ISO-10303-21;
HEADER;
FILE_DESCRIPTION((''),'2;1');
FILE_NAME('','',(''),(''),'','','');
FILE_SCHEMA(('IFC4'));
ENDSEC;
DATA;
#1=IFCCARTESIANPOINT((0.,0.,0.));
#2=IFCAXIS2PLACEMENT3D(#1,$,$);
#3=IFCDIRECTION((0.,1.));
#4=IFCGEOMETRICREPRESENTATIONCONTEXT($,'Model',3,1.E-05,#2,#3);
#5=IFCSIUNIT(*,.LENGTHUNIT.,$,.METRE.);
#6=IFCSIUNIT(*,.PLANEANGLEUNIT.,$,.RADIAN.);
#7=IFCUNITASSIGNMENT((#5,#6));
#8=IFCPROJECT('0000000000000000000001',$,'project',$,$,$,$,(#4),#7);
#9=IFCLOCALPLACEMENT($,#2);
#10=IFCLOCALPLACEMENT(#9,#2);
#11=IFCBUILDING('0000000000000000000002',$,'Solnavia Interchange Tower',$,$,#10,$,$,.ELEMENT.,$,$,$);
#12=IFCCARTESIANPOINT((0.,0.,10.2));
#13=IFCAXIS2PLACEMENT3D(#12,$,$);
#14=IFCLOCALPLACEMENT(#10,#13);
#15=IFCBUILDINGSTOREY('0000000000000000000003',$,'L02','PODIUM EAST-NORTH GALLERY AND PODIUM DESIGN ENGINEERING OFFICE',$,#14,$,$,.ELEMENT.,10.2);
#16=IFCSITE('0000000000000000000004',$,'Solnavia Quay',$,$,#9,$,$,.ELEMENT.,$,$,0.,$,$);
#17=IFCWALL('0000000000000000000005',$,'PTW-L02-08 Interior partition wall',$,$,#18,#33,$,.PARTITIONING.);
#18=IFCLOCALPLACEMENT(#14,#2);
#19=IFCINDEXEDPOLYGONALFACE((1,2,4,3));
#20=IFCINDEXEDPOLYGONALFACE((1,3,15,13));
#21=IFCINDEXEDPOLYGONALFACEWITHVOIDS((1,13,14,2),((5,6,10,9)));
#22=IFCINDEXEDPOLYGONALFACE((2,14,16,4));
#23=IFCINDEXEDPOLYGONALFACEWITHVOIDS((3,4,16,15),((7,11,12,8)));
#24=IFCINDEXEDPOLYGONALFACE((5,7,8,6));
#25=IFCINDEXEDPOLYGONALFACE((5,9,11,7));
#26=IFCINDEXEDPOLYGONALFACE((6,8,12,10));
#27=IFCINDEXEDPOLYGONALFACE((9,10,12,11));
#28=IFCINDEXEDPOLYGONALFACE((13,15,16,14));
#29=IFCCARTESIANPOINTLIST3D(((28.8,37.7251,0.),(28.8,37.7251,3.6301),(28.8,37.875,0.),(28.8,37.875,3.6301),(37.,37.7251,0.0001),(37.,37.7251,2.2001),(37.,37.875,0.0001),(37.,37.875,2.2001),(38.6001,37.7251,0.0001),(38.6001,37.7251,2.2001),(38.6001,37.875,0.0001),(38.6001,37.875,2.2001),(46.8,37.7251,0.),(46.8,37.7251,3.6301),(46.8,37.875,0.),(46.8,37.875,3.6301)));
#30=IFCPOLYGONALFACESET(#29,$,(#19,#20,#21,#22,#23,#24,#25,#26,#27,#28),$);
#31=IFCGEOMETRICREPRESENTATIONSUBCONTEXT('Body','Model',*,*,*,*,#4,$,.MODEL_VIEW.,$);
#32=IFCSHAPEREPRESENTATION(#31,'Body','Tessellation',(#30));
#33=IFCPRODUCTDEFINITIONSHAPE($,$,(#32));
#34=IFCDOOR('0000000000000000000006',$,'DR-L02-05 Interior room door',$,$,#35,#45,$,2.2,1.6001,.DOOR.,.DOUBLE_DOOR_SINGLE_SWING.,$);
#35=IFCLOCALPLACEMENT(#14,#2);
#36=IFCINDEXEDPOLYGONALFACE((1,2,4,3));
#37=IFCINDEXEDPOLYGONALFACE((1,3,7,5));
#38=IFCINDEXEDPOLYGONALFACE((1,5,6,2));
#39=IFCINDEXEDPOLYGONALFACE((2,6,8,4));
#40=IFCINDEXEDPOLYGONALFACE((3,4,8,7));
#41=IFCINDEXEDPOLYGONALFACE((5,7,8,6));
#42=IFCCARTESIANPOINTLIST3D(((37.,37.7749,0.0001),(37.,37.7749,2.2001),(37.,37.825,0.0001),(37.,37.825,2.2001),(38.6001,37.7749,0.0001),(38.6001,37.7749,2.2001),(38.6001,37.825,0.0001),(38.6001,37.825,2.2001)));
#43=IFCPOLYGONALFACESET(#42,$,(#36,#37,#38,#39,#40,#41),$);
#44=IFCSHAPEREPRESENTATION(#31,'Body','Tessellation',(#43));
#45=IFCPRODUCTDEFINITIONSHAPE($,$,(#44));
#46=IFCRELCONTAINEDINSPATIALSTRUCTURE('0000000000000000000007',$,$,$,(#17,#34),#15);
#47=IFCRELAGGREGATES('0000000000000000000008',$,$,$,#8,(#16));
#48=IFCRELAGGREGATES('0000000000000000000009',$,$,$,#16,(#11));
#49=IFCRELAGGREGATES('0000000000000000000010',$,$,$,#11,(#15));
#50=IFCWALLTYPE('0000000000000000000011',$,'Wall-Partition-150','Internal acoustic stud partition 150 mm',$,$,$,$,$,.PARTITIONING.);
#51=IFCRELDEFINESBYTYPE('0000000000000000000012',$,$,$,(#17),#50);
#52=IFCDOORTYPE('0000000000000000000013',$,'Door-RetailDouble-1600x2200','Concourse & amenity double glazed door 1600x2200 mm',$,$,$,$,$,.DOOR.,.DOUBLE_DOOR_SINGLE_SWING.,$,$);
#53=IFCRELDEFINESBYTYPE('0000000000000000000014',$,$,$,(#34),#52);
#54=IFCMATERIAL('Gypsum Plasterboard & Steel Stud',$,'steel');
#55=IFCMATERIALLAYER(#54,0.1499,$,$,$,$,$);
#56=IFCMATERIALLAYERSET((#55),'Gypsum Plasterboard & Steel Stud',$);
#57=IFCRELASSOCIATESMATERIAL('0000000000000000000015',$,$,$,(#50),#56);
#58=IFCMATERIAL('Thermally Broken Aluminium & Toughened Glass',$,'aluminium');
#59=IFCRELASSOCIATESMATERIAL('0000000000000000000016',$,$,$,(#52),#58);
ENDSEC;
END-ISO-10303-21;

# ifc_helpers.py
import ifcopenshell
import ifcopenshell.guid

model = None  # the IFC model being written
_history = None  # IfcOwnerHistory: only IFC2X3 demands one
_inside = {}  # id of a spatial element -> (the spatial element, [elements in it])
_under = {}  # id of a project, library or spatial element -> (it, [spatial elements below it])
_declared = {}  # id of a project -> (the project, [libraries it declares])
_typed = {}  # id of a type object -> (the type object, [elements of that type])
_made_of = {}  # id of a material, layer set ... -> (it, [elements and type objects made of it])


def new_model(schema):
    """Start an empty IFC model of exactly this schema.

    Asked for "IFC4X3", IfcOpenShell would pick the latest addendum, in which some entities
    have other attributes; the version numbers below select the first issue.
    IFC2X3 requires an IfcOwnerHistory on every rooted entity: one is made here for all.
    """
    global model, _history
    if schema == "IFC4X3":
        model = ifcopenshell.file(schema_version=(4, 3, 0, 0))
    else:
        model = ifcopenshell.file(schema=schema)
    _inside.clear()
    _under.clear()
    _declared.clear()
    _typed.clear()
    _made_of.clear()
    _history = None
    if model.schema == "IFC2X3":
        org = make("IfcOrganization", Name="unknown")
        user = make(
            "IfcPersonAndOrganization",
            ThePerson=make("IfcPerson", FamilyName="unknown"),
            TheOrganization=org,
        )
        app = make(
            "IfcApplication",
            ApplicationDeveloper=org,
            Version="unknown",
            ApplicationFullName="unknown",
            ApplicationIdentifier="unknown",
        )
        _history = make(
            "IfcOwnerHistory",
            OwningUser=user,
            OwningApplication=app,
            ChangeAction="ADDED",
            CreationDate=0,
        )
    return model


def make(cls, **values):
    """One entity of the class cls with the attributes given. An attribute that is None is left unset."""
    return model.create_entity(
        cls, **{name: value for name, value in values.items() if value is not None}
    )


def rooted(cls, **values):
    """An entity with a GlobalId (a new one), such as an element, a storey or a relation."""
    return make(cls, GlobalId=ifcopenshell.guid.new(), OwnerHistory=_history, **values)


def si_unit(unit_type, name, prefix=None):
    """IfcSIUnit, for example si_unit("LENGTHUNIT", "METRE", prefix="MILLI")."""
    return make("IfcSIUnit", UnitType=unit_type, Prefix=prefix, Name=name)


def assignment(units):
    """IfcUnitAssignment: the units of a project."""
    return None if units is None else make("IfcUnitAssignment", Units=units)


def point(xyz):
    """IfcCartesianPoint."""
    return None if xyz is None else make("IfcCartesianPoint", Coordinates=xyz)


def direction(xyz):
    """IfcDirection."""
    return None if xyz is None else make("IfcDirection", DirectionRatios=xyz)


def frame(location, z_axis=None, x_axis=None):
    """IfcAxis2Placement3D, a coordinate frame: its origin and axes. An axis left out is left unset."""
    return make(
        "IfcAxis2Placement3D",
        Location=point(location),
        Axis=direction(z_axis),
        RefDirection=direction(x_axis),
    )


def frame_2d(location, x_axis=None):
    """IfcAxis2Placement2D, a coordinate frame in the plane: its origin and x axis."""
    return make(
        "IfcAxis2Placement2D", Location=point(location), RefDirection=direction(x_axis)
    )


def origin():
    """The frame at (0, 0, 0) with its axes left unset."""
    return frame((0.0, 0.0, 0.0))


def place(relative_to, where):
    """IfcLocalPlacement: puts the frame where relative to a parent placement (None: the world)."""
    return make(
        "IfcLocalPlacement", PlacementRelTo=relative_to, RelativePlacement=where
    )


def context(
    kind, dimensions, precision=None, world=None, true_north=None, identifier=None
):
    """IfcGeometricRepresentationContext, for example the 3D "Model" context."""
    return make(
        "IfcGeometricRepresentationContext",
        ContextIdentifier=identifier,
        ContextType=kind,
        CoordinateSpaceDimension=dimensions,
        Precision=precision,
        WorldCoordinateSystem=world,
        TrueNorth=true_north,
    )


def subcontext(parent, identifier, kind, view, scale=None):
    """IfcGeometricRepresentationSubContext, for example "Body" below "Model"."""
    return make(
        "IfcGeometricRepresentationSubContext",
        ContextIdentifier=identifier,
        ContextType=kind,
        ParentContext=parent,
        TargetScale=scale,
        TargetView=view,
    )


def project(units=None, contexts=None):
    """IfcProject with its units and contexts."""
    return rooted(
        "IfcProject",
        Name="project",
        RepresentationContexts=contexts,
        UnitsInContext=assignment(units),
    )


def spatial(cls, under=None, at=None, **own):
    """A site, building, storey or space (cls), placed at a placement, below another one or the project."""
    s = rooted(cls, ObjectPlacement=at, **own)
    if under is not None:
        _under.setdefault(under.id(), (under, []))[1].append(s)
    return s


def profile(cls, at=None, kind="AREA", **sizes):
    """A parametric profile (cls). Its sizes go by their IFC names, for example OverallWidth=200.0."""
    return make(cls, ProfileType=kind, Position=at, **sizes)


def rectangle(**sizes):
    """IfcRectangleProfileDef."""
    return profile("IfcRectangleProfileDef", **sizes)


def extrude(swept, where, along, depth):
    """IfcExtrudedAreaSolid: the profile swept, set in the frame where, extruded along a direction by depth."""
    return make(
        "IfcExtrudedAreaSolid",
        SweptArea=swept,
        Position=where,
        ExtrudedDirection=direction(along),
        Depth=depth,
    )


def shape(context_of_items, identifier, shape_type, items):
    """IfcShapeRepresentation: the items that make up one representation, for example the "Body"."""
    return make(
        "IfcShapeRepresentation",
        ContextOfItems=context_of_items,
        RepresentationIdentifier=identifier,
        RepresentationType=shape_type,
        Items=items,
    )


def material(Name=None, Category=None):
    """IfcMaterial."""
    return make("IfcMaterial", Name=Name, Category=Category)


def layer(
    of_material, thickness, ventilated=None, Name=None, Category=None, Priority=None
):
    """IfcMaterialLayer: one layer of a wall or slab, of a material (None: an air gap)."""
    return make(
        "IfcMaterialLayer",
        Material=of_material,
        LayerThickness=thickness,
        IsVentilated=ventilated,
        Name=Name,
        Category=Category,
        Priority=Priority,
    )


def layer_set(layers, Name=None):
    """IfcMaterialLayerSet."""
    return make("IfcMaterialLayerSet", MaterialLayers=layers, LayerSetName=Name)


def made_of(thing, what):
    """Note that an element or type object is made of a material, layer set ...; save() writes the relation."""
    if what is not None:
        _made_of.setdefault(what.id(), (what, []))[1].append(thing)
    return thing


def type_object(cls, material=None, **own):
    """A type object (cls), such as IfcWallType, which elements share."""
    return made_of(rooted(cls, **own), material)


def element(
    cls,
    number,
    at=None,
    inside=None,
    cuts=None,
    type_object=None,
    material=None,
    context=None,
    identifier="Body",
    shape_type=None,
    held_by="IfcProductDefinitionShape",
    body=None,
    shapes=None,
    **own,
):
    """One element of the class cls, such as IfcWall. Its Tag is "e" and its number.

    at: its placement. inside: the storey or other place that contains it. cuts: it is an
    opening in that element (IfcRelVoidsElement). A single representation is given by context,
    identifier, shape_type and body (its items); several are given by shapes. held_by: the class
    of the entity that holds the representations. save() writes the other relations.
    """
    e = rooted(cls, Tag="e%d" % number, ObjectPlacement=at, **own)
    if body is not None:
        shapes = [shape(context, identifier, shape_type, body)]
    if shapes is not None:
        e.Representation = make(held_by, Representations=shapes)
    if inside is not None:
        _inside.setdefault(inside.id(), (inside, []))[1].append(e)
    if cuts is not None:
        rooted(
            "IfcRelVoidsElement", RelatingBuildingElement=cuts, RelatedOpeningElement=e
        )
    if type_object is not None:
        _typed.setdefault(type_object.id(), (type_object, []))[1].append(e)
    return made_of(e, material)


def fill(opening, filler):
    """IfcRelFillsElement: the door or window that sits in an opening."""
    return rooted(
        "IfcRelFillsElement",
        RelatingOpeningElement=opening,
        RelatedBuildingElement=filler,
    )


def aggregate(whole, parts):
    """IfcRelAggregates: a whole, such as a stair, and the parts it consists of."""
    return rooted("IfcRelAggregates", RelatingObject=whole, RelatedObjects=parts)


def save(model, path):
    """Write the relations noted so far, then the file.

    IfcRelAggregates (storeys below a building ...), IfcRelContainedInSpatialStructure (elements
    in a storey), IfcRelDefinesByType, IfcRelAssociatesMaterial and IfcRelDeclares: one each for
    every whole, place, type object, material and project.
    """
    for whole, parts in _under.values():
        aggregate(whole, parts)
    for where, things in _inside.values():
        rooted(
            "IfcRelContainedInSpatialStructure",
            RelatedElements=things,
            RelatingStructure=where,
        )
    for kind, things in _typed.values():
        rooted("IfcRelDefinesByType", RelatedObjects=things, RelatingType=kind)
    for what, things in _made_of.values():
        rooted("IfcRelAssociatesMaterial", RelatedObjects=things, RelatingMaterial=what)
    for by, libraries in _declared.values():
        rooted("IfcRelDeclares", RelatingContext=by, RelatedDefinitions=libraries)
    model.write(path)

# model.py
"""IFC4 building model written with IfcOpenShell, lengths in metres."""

from ifc_helpers import new_model, si_unit, direction, frame, frame_2d, origin, place, context, subcontext, project, spatial, rectangle, extrude, material, layer, layer_set, type_object, element, fill, save


model = new_model("IFC4")

# Units and contexts
model_context = context("Model", 3, precision=1e-05, world=origin(), true_north=direction((0.0, 1.0)))
body_context = subcontext(model_context, "Body", "Model", "MODEL_VIEW")
ifc_project = project(units=[si_unit("LENGTHUNIT", "METRE"), si_unit("PLANEANGLEUNIT", "RADIAN")], contexts=[model_context])

# Site, building, storey
site_placement = place(None, origin())
site = spatial("IfcSite", under=ifc_project, at=site_placement, Name="Solnavia Quay", CompositionType="ELEMENT", RefElevation=0.0)
building_placement = place(site_placement, origin())
building = spatial("IfcBuilding", under=site, at=building_placement, Name="Solnavia Interchange Tower", CompositionType="ELEMENT")
storey_placement = place(building_placement, frame((0.0, 0.0, 10.2)))
storey = spatial("IfcBuildingStorey", under=building, at=storey_placement, Name="L02", Description="PODIUM EAST-NORTH GALLERY AND PODIUM DESIGN ENGINEERING OFFICE", CompositionType="ELEMENT", Elevation=10.2)

# Shared definitions
ifc_material_1 = material(Name="Gypsum Plasterboard & Steel Stud", Category="steel")
ifc_layer_1 = layer(ifc_material_1, 0.1499)
ifc_layer_set_1 = layer_set([ifc_layer_1], Name="Gypsum Plasterboard & Steel Stud")
wall_type_1 = type_object("IfcWallType", Name="Wall-Partition-150", Description="Internal acoustic stud partition 150 mm", PredefinedType="PARTITIONING", material=ifc_layer_set_1)

# Wall, opening, door
wall_1_placement = place(storey_placement, frame((28.8, 37.8, 0.0), z_axis=(0.0, 0.0, 1.0), x_axis=(1.0, 0.0, 0.0)))
wall_1 = element("IfcWall", 1, at=wall_1_placement, inside=storey, type_object=wall_type_1, Name="PTW-L02-08 Interior partition wall", PredefinedType="PARTITIONING", context=body_context, shape_type="SweptSolid", body=[
    extrude(rectangle(XDim=18.0, YDim=0.1499, at=frame_2d((9.0, 0.0))), origin(), (0.0, 0.0, 1.0), 3.6301),
])
opening_1_placement = place(wall_1_placement, frame((8.2, 0.0, 0.0)))
opening_1 = element("IfcOpeningElement", 2, at=opening_1_placement, cuts=wall_1, PredefinedType="OPENING", context=body_context, shape_type="SweptSolid", body=[
    extrude(rectangle(XDim=1.6001, YDim=2.2, at=frame_2d((0.8, 1.1001))), frame((0.0, 0.085, 0.0), z_axis=(0.0, -1.0, 0.0), x_axis=(1.0, 0.0, 0.0)), (0.0, 0.0, 1.0), 0.1699),
])
ifc_material_2 = material(Name="Thermally Broken Aluminium & Toughened Glass", Category="aluminium")
door_type = type_object("IfcDoorType", Name="Door-RetailDouble-1600x2200", Description="Concourse & amenity double glazed door 1600x2200 mm", OperationType="DOUBLE_DOOR_SINGLE_SWING", PredefinedType="DOOR", material=ifc_material_2)
door_placement = place(opening_1_placement, origin())
door = element("IfcDoor", 3, at=door_placement, inside=storey, type_object=door_type, Name="DR-L02-05 Interior room door", OperationType="DOUBLE_DOOR_SINGLE_SWING", OverallHeight=2.2, OverallWidth=1.6001, PredefinedType="DOOR", context=body_context, shape_type="SweptSolid", body=[
    extrude(rectangle(XDim=1.6001, YDim=2.2, at=frame_2d((0.8, 1.1001))), frame((0.0, 0.0249, 0.0), z_axis=(0.0, -1.0, 0.0), x_axis=(1.0, 0.0, 0.0)), (0.0, 0.0, 1.0), 0.05),
])
fill(opening_1, door)

save(model, "model.ifc")
